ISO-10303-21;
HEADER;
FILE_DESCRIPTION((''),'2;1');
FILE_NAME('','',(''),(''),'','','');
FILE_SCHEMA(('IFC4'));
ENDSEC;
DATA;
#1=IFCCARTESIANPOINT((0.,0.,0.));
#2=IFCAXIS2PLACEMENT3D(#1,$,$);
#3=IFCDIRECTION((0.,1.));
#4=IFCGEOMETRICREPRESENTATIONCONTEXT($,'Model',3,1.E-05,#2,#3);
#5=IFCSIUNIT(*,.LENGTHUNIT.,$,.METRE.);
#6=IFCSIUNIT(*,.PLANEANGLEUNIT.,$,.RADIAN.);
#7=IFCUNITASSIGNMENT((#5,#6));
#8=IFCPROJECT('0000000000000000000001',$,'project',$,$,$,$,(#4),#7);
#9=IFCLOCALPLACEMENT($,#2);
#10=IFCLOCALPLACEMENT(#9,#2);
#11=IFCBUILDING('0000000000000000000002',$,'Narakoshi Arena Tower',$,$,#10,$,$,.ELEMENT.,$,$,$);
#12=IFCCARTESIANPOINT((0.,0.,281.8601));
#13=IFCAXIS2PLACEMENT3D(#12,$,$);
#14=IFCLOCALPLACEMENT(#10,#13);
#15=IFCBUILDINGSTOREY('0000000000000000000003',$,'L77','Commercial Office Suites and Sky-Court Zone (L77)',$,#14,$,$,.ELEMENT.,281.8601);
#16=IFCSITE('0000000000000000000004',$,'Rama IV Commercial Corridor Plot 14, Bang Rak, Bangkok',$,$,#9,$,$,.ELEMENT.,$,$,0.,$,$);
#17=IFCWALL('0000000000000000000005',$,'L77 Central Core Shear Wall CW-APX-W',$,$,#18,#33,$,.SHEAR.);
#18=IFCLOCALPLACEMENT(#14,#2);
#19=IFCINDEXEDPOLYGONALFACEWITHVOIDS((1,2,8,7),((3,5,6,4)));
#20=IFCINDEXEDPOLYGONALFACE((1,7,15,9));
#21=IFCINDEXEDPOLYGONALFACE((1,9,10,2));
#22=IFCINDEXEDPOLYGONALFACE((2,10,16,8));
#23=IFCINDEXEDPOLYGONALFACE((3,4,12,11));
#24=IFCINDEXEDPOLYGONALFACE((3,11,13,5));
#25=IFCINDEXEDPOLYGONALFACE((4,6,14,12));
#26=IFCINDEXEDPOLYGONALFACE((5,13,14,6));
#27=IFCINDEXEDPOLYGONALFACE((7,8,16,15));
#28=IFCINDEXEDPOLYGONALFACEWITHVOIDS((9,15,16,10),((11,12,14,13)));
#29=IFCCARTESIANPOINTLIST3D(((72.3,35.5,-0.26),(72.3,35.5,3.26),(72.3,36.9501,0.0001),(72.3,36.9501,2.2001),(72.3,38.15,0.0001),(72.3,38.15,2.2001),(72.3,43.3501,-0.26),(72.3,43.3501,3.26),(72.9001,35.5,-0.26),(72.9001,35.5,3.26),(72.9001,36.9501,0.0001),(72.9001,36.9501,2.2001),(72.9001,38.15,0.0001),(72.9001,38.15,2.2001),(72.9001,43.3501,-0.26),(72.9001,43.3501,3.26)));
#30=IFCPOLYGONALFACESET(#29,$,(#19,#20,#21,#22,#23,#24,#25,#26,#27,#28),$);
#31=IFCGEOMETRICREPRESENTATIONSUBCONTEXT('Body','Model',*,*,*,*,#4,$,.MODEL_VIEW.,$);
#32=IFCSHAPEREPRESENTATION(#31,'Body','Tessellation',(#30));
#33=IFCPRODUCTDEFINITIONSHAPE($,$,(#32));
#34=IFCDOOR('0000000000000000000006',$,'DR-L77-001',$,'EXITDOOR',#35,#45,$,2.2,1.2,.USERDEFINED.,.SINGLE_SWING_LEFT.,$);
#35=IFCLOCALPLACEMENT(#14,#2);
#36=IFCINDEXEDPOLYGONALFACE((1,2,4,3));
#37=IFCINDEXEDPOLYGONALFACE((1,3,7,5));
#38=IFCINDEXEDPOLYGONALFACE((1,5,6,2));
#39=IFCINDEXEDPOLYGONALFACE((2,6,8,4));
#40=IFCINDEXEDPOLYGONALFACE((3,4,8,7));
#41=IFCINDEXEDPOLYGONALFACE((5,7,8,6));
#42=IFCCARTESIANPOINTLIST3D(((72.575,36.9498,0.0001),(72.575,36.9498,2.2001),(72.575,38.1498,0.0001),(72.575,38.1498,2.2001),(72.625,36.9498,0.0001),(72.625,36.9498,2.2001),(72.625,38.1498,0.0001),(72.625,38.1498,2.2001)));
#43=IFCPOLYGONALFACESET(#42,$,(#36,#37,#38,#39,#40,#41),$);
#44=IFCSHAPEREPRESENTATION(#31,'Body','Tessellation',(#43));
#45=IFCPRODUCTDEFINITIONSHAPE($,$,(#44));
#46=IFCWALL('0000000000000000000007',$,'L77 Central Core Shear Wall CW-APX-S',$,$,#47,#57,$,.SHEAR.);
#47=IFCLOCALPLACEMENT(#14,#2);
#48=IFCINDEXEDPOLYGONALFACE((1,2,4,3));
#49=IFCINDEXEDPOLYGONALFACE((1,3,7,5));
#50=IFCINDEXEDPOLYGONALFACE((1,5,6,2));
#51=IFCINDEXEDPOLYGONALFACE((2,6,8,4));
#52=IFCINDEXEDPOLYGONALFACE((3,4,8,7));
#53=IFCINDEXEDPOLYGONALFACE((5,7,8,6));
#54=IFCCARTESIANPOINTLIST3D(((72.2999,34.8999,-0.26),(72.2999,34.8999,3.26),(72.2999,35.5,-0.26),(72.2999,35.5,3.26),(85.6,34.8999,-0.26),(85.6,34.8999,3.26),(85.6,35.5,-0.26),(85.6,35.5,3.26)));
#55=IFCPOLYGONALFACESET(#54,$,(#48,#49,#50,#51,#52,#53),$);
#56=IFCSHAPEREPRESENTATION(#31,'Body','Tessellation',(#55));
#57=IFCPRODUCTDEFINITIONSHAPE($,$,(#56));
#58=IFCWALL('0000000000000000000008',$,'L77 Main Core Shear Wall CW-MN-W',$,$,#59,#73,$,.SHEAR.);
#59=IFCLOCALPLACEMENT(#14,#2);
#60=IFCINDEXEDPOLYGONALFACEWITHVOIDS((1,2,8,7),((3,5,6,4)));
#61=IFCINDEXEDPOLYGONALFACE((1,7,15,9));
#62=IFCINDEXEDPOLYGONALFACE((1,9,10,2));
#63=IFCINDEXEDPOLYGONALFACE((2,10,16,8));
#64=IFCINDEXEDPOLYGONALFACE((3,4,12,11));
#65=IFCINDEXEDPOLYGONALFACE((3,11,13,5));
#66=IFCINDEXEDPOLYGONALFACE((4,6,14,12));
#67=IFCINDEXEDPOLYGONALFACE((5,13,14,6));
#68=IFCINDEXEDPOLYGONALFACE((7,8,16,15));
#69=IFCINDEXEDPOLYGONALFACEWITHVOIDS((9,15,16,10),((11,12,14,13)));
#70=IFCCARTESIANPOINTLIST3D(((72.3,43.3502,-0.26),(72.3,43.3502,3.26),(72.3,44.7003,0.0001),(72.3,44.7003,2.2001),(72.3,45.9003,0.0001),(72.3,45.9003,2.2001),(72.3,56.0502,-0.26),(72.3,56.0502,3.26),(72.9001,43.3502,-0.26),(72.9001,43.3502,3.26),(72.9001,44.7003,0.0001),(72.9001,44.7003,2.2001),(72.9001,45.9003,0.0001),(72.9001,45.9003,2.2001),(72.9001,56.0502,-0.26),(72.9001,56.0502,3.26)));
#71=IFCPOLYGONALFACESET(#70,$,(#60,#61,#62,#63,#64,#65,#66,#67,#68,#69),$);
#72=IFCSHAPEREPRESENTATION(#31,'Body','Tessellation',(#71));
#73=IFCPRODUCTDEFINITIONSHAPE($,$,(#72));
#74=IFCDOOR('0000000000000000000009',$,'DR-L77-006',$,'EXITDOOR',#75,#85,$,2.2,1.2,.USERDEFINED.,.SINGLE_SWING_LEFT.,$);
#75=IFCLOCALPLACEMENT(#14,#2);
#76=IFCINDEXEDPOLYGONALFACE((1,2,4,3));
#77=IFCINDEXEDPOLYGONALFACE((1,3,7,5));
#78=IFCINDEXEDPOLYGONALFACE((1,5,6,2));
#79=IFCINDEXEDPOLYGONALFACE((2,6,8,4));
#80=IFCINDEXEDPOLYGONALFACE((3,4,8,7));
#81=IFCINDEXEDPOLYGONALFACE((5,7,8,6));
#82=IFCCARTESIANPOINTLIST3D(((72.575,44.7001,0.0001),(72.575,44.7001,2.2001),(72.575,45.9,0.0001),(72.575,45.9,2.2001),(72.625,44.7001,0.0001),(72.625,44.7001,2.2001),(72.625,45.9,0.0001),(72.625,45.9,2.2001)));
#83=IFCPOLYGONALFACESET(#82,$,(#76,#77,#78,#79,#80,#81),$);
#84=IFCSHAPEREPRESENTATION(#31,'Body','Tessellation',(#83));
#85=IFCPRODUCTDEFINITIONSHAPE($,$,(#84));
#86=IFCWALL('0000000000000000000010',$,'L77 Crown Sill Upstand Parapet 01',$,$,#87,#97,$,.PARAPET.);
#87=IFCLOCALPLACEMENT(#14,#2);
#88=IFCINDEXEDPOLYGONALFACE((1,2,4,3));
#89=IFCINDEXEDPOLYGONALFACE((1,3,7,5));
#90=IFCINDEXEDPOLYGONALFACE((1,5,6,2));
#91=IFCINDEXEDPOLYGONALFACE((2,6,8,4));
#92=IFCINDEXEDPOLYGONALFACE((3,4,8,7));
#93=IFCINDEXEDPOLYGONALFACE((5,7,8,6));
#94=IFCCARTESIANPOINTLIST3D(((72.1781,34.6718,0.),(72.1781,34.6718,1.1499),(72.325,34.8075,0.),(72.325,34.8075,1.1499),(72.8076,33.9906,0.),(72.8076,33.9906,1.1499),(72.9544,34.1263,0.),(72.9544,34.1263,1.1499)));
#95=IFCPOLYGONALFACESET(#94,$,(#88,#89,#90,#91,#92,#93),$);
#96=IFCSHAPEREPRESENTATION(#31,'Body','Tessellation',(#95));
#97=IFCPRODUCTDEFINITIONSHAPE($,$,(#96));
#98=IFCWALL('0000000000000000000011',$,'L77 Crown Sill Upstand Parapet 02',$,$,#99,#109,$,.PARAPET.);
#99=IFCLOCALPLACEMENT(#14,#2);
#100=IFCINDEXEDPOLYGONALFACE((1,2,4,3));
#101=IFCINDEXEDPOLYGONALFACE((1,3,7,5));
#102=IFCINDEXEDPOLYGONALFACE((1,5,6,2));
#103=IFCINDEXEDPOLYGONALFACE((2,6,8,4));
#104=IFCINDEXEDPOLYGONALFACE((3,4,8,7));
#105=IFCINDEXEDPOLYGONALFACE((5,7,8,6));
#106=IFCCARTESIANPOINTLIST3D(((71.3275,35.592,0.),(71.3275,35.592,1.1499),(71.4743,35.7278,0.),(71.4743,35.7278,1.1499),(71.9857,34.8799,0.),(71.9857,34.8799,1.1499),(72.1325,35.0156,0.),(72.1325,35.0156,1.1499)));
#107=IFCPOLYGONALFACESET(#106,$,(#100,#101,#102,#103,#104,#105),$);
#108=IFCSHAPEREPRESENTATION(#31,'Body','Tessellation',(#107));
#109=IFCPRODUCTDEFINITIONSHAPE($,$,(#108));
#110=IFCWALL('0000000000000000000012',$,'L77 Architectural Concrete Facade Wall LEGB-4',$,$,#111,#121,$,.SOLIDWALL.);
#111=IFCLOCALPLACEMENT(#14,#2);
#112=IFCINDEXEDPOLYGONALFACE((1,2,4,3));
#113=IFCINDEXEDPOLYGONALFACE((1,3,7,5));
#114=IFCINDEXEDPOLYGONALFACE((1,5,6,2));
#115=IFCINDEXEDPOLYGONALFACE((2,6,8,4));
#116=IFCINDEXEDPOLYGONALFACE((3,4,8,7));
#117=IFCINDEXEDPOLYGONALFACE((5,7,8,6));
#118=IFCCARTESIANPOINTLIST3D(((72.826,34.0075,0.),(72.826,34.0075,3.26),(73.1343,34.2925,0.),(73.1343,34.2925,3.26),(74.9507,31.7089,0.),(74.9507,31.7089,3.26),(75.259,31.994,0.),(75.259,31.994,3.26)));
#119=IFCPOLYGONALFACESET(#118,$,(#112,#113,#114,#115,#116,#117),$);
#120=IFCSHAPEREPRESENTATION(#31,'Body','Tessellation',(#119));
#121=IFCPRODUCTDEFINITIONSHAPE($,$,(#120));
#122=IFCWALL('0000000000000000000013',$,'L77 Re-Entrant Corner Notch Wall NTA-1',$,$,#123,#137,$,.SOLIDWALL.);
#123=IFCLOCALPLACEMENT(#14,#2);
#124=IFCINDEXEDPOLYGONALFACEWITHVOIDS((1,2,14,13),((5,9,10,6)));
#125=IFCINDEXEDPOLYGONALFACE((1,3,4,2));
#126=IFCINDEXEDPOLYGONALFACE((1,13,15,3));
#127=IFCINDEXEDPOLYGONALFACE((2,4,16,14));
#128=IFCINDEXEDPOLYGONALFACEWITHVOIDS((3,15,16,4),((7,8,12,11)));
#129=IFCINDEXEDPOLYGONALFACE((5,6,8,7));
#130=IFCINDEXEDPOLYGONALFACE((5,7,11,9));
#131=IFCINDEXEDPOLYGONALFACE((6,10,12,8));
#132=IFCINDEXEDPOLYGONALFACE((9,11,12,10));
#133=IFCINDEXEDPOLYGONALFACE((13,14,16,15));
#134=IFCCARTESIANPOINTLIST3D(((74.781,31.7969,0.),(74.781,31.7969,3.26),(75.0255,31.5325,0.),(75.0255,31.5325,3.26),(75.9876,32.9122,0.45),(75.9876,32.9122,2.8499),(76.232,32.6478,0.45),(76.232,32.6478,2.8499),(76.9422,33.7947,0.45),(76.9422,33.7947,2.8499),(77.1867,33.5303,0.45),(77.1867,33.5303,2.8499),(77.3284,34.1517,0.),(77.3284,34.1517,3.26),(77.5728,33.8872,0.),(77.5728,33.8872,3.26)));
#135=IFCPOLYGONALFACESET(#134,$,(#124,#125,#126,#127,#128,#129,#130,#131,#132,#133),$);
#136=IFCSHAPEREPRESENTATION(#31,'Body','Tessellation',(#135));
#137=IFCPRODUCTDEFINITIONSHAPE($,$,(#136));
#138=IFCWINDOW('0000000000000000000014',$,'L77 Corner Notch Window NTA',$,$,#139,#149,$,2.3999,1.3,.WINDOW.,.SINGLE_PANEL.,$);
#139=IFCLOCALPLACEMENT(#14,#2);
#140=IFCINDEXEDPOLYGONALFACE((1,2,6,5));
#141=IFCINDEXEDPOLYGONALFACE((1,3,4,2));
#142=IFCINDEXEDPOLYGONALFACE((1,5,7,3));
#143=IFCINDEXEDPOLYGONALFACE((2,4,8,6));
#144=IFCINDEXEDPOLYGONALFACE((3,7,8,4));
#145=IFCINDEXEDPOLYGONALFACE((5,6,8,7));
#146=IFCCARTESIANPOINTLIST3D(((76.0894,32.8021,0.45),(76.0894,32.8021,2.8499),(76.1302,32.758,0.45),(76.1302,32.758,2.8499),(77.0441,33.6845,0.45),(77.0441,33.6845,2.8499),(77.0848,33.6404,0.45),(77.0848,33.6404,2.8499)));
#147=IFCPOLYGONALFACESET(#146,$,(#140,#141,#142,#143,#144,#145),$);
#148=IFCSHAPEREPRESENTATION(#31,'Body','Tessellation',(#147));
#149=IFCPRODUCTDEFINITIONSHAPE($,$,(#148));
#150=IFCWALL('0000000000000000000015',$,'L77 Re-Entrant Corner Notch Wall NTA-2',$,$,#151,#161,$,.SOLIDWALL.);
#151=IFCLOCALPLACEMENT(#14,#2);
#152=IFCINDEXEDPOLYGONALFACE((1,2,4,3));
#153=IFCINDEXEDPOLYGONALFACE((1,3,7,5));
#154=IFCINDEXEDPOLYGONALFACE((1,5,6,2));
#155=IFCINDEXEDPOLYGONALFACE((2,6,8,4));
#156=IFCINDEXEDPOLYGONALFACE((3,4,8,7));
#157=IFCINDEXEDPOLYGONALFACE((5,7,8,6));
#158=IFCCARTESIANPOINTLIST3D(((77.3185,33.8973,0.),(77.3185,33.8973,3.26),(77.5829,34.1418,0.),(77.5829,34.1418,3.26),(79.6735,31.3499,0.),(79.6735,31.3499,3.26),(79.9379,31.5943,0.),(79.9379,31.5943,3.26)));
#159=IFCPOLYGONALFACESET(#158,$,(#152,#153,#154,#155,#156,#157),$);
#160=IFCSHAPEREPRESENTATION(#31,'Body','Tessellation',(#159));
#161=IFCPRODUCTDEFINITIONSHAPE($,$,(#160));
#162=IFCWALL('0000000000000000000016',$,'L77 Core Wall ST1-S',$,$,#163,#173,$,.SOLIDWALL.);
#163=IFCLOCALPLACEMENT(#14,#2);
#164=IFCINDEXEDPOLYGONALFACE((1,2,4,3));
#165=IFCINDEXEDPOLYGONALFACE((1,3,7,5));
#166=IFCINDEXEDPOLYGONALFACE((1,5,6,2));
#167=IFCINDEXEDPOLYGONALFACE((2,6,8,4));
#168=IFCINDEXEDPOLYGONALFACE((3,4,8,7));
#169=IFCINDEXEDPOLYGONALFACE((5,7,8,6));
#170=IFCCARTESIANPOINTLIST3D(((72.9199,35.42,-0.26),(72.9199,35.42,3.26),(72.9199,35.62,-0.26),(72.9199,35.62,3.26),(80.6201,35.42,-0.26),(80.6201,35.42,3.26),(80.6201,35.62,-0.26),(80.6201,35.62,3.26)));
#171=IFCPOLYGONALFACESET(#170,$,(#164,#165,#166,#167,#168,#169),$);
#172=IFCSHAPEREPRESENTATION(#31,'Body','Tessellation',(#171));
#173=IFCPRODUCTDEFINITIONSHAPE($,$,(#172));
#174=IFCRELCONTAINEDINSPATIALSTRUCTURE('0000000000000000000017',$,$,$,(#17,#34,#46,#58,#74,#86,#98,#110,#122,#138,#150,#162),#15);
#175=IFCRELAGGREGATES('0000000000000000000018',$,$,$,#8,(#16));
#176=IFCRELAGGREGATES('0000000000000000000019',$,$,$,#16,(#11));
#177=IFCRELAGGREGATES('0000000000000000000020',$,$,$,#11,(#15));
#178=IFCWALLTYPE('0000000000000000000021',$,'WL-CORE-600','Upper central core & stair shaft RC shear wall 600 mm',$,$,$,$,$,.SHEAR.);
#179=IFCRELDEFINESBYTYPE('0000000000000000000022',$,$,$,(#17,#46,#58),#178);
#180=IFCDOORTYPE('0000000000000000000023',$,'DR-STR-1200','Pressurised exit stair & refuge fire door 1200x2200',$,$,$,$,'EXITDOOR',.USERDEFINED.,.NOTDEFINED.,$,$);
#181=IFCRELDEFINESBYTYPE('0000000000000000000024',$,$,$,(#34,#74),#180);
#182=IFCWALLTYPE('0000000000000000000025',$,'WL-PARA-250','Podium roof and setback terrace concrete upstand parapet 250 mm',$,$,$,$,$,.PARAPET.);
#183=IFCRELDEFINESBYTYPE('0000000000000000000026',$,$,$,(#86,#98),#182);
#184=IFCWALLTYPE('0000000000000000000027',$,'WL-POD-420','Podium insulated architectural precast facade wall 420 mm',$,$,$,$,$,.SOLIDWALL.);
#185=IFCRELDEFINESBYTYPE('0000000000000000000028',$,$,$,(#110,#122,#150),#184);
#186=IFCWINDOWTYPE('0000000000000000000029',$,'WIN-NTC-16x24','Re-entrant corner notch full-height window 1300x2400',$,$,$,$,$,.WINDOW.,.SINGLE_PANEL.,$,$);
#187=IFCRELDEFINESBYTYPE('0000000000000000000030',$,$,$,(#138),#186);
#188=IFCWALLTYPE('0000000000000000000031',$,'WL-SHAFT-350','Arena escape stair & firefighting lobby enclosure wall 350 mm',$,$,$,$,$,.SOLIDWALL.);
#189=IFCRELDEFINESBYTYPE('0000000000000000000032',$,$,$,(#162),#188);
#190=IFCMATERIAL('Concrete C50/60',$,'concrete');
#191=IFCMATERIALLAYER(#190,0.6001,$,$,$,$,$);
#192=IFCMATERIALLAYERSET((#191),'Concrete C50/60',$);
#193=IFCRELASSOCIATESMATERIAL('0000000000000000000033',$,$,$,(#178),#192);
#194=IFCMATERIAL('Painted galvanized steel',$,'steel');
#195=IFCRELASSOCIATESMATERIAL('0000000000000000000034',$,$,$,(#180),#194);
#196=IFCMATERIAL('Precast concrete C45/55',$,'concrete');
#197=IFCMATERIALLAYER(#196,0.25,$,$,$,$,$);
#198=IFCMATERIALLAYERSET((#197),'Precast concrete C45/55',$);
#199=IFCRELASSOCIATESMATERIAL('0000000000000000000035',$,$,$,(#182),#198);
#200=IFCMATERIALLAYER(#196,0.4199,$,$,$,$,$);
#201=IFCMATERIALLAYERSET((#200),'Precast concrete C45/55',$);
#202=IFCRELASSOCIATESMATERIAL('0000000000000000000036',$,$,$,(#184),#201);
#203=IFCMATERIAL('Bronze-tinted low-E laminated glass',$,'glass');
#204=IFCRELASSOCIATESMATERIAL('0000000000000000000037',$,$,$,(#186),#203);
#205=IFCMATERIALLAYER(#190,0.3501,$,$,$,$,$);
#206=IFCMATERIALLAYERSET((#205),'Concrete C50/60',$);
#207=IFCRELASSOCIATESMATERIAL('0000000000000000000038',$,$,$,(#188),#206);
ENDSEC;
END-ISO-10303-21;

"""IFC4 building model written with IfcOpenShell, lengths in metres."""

from ifc_helpers import new_model, si_unit, direction, frame, frame_2d, origin, place, context, subcontext, project, spatial, rectangle, extrude, material, layer, layer_set, type_object, element, fill, save


model = new_model("IFC4")

# Units and contexts
model_context = context("Model", 3, precision=1e-05, world=origin(), true_north=direction((0.0, 1.0)))
body_context = subcontext(model_context, "Body", "Model", "MODEL_VIEW")
ifc_project = project(units=[si_unit("LENGTHUNIT", "METRE"), si_unit("PLANEANGLEUNIT", "RADIAN")], contexts=[model_context])

# Site, building, storey
site_placement = place(None, origin())
site = spatial("IfcSite", under=ifc_project, at=site_placement, Name="Rama IV Commercial Corridor Plot 14, Bang Rak, Bangkok", CompositionType="ELEMENT", RefElevation=0.0)
building_placement = place(site_placement, origin())
building = spatial("IfcBuilding", under=site, at=building_placement, Name="Narakoshi Arena Tower", CompositionType="ELEMENT")
storey_placement = place(building_placement, frame((0.0, 0.0, 281.8601)))
storey = spatial("IfcBuildingStorey", under=building, at=storey_placement, Name="L77", Description="Commercial Office Suites and Sky-Court Zone (L77)", CompositionType="ELEMENT", Elevation=281.8601)

# Wall, opening, door
ifc_material_1 = material(Name="Concrete C50/60", Category="concrete")
ifc_layer_1 = layer(ifc_material_1, 0.6001)
ifc_layer_set_1 = layer_set([ifc_layer_1], Name="Concrete C50/60")
wall_type_1 = type_object("IfcWallType", Name="WL-CORE-600", Description="Upper central core & stair shaft RC shear wall 600 mm", PredefinedType="SHEAR", material=ifc_layer_set_1)
wall_1_placement = place(storey_placement, frame((72.6001, 35.5, -0.26), z_axis=(0.0, 0.0, 1.0), x_axis=(0.0, 1.0, 0.0)))
wall_1 = element("IfcWall", 1, at=wall_1_placement, inside=storey, type_object=wall_type_1, Name="L77 Central Core Shear Wall CW-APX-W", PredefinedType="SHEAR", context=body_context, shape_type="SweptSolid", body=[
    extrude(rectangle(XDim=7.8501, YDim=0.6001, at=frame_2d((3.925, 0.0))), origin(), (0.0, 0.0, 1.0), 3.52),
])
opening_1_placement = place(wall_1_placement, frame((1.45, 0.0, 0.26)))
opening_1 = element("IfcOpeningElement", 2, at=opening_1_placement, cuts=wall_1, PredefinedType="OPENING", context=body_context, shape_type="SweptSolid", body=[
    extrude(rectangle(XDim=1.2, YDim=2.2, at=frame_2d((0.6001, 1.1001))), frame((0.0, 0.3101, 0.0), z_axis=(0.0, -1.0, 0.0), x_axis=(1.0, 0.0, 0.0)), (0.0, 0.0, 1.0), 0.6201),
])
ifc_material_2 = material(Name="Painted galvanized steel", Category="steel")
door_type = type_object("IfcDoorType", Name="DR-STR-1200", Description="Pressurised exit stair & refuge fire door 1200x2200", ElementType="EXITDOOR", OperationType="NOTDEFINED", PredefinedType="USERDEFINED", material=ifc_material_2)
door_1_placement = place(opening_1_placement, frame((1.2, 0.0, 0.0), z_axis=(0.0, 0.0, 1.0), x_axis=(-1.0, 0.0, 0.0)))
door_1 = element("IfcDoor", 3, at=door_1_placement, inside=storey, type_object=door_type, Name="DR-L77-001", ObjectType="EXITDOOR", OperationType="SINGLE_SWING_LEFT", OverallHeight=2.2, OverallWidth=1.2, PredefinedType="USERDEFINED", context=body_context, shape_type="SweptSolid", body=[
    extrude(rectangle(XDim=1.2, YDim=2.2, at=frame_2d((0.6001, 1.1001))), frame((0.0, 0.0249, 0.0), z_axis=(0.0, -1.0, 0.0), x_axis=(1.0, 0.0, 0.0)), (0.0, 0.0, 1.0), 0.05),
])
fill(opening_1, door_1)

# Wall
wall_2_placement = place(storey_placement, frame((72.3, 35.2, -0.26), z_axis=(0.0, 0.0, 1.0), x_axis=(1.0, 0.0, 0.0)))
element("IfcWall", 4, at=wall_2_placement, inside=storey, type_object=wall_type_1, Name="L77 Central Core Shear Wall CW-APX-S", PredefinedType="SHEAR", context=body_context, shape_type="SweptSolid", body=[
    extrude(rectangle(XDim=13.3, YDim=0.6001, at=frame_2d((6.6499, 0.0))), origin(), (0.0, 0.0, 1.0), 3.52),
])

# Wall, opening, door
wall_3_placement = place(storey_placement, frame((72.6001, 43.3501, -0.26), z_axis=(0.0, 0.0, 1.0), x_axis=(0.0, 1.0, 0.0)))
wall_3 = element("IfcWall", 5, at=wall_3_placement, inside=storey, type_object=wall_type_1, Name="L77 Main Core Shear Wall CW-MN-W", PredefinedType="SHEAR", context=body_context, shape_type="SweptSolid", body=[
    extrude(rectangle(XDim=12.7, YDim=0.6001, at=frame_2d((6.3501, 0.0))), origin(), (0.0, 0.0, 1.0), 3.52),
])
opening_2_placement = place(wall_3_placement, frame((1.3501, 0.0, 0.26)))
opening_2 = element("IfcOpeningElement", 6, at=opening_2_placement, cuts=wall_3, PredefinedType="OPENING", context=body_context, shape_type="SweptSolid", body=[
    extrude(rectangle(XDim=1.2, YDim=2.2, at=frame_2d((0.6001, 1.1001))), frame((0.0, 0.3101, 0.0), z_axis=(0.0, -1.0, 0.0), x_axis=(1.0, 0.0, 0.0)), (0.0, 0.0, 1.0), 0.6201),
])
door_2_placement = place(opening_2_placement, frame((1.2, 0.0, 0.0), z_axis=(0.0, 0.0, 1.0), x_axis=(-1.0, 0.0, 0.0)))
door_2 = element("IfcDoor", 7, at=door_2_placement, inside=storey, type_object=door_type, Name="DR-L77-006", ObjectType="EXITDOOR", OperationType="SINGLE_SWING_LEFT", OverallHeight=2.2, OverallWidth=1.2, PredefinedType="USERDEFINED", context=body_context, shape_type="SweptSolid", body=[
    extrude(rectangle(XDim=1.2, YDim=2.2, at=frame_2d((0.6001, 1.1001))), frame((0.0, 0.0249, 0.0), z_axis=(0.0, -1.0, 0.0), x_axis=(1.0, 0.0, 0.0)), (0.0, 0.0, 1.0), 0.05),
])
fill(opening_2, door_2)

# Walls
ifc_material_3 = material(Name="Precast concrete C45/55", Category="concrete")
ifc_layer_2 = layer(ifc_material_3, 0.25)
ifc_layer_set_2 = layer_set([ifc_layer_2], Name="Precast concrete C45/55")
wall_type_2 = type_object("IfcWallType", Name="WL-PARA-250", Description="Podium roof and setback terrace concrete upstand parapet 250 mm", PredefinedType="PARAPET", material=ifc_layer_set_2)
wall_4_placement = place(storey_placement, frame((72.8811, 34.0583, 0.0), z_axis=(0.0, 0.0, 1.0), x_axis=(-0.678652, 0.73446, 0.0)))
element("IfcWall", 8, at=wall_4_placement, inside=storey, type_object=wall_type_2, Name="L77 Crown Sill Upstand Parapet 01", PredefinedType="PARAPET", context=body_context, shape_type="SweptSolid", body=[
    extrude(rectangle(XDim=0.9275, YDim=0.2, at=frame_2d((0.4639, 0.0))), origin(), (0.0, 0.0, 1.0), 1.1499),
])
wall_5_placement = place(storey_placement, frame((72.0591, 34.9478, 0.0), z_axis=(0.0, 0.0, 1.0), x_axis=(-0.67874, 0.734379, 0.0)))
element("IfcWall", 9, at=wall_5_placement, inside=storey, type_object=wall_type_2, Name="L77 Crown Sill Upstand Parapet 02", PredefinedType="PARAPET", context=body_context, shape_type="SweptSolid", body=[
    extrude(rectangle(XDim=0.9697, YDim=0.2, at=frame_2d((0.4849, 0.0))), origin(), (0.0, 0.0, 1.0), 1.1499),
])
ifc_layer_3 = layer(ifc_material_3, 0.4199)
ifc_layer_set_3 = layer_set([ifc_layer_3], Name="Precast concrete C45/55")
wall_type_3 = type_object("IfcWallType", Name="WL-POD-420", Description="Podium insulated architectural precast facade wall 420 mm", PredefinedType="SOLIDWALL", material=ifc_layer_set_3)
wall_6_placement = place(storey_placement, frame((72.9802, 34.1499, 0.0), z_axis=(0.0, 0.0, 1.0), x_axis=(0.678795, -0.734328, 0.0)))
element("IfcWall", 10, at=wall_6_placement, inside=storey, type_object=wall_type_3, Name="L77 Architectural Concrete Facade Wall LEGB-4", PredefinedType="SOLIDWALL", context=body_context, shape_type="SweptSolid", body=[
    extrude(rectangle(XDim=3.1301, YDim=0.4199, at=frame_2d((1.5649, 0.0))), origin(), (0.0, 0.0, 1.0), 3.26),
])

# Wall, opening, window
wall_7_placement = place(storey_placement, frame((74.9033, 31.6648, 0.0), z_axis=(0.0, 0.0, 1.0), x_axis=(0.734326, 0.678797, 0.0)))
wall_7 = element("IfcWall", 11, at=wall_7_placement, inside=storey, type_object=wall_type_3, Name="L77 Re-Entrant Corner Notch Wall NTA-1", PredefinedType="SOLIDWALL", context=body_context, shape_type="SweptSolid", body=[
    extrude(rectangle(XDim=3.469, YDim=0.3601, at=frame_2d((1.7344, 0.0))), origin(), (0.0, 0.0, 1.0), 3.26),
])
opening_3_placement = place(wall_7_placement, frame((1.6431, 0.0, 0.45)))
opening_3 = element("IfcOpeningElement", 12, at=opening_3_placement, cuts=wall_7, PredefinedType="OPENING", context=body_context, shape_type="SweptSolid", body=[
    extrude(rectangle(XDim=1.3, YDim=2.3999, at=frame_2d((0.6499, 1.2))), frame((0.0, 0.1899, 0.0), z_axis=(0.0, -1.0, 0.0), x_axis=(1.0, 0.0, 0.0)), (0.0, 0.0, 1.0), 0.3801),
])
ifc_material_4 = material(Name="Bronze-tinted low-E laminated glass", Category="glass")
window_type = type_object("IfcWindowType", Name="WIN-NTC-16x24", Description="Re-entrant corner notch full-height window 1300x2400", PartitioningType="SINGLE_PANEL", PredefinedType="WINDOW", material=ifc_material_4)
window_placement = place(opening_3_placement, origin())
window = element("IfcWindow", 13, at=window_placement, inside=storey, type_object=window_type, Name="L77 Corner Notch Window NTA", OverallHeight=2.3999, OverallWidth=1.3, PartitioningType="SINGLE_PANEL", PredefinedType="WINDOW", context=body_context, shape_type="SweptSolid", body=[
    extrude(rectangle(XDim=1.3, YDim=2.3999, at=frame_2d((0.6499, 1.2))), frame((0.0, 0.03, 0.0), z_axis=(0.0, -1.0, 0.0), x_axis=(1.0, 0.0, 0.0)), (0.0, 0.0, 1.0), 0.0601),
])
fill(opening_3, window)

# Walls
wall_8_placement = place(storey_placement, frame((77.4507, 34.0195, 0.0), z_axis=(0.0, 0.0, 1.0), x_axis=(0.678835, -0.734291, 0.0)))
element("IfcWall", 14, at=wall_8_placement, inside=storey, type_object=wall_type_3, Name="L77 Re-Entrant Corner Notch Wall NTA-2", PredefinedType="SOLIDWALL", context=body_context, shape_type="SweptSolid", body=[
    extrude(rectangle(XDim=3.4692, YDim=0.3601, at=frame_2d((1.7346, 0.0))), origin(), (0.0, 0.0, 1.0), 3.26),
])
ifc_layer_4 = layer(ifc_material_1, 0.3501)
ifc_layer_set_4 = layer_set([ifc_layer_4], Name="Concrete C50/60")
wall_type_4 = type_object("IfcWallType", Name="WL-SHAFT-350", Description="Arena escape stair & firefighting lobby enclosure wall 350 mm", PredefinedType="SOLIDWALL", material=ifc_layer_set_4)
for number, where, z_axis, x_axis, name in (
    (15, (72.9199, 35.52, -0.26), (0.0, 0.0, 1.0), (1.0, 0.0, 0.0), "L77 Core Wall ST1-S"),
):
    element("IfcWall", number, at=place(storey_placement, frame(where, z_axis=z_axis, x_axis=x_axis)), inside=storey, type_object=wall_type_4, Name=name, PredefinedType="SOLIDWALL", context=body_context, shape_type="SweptSolid", body=[
        extrude(rectangle(XDim=7.7002, YDim=0.2, at=frame_2d((3.8501, 0.0))), origin(), (0.0, 0.0, 1.0), 3.52),
    ])

save(model, "model.ifc")
